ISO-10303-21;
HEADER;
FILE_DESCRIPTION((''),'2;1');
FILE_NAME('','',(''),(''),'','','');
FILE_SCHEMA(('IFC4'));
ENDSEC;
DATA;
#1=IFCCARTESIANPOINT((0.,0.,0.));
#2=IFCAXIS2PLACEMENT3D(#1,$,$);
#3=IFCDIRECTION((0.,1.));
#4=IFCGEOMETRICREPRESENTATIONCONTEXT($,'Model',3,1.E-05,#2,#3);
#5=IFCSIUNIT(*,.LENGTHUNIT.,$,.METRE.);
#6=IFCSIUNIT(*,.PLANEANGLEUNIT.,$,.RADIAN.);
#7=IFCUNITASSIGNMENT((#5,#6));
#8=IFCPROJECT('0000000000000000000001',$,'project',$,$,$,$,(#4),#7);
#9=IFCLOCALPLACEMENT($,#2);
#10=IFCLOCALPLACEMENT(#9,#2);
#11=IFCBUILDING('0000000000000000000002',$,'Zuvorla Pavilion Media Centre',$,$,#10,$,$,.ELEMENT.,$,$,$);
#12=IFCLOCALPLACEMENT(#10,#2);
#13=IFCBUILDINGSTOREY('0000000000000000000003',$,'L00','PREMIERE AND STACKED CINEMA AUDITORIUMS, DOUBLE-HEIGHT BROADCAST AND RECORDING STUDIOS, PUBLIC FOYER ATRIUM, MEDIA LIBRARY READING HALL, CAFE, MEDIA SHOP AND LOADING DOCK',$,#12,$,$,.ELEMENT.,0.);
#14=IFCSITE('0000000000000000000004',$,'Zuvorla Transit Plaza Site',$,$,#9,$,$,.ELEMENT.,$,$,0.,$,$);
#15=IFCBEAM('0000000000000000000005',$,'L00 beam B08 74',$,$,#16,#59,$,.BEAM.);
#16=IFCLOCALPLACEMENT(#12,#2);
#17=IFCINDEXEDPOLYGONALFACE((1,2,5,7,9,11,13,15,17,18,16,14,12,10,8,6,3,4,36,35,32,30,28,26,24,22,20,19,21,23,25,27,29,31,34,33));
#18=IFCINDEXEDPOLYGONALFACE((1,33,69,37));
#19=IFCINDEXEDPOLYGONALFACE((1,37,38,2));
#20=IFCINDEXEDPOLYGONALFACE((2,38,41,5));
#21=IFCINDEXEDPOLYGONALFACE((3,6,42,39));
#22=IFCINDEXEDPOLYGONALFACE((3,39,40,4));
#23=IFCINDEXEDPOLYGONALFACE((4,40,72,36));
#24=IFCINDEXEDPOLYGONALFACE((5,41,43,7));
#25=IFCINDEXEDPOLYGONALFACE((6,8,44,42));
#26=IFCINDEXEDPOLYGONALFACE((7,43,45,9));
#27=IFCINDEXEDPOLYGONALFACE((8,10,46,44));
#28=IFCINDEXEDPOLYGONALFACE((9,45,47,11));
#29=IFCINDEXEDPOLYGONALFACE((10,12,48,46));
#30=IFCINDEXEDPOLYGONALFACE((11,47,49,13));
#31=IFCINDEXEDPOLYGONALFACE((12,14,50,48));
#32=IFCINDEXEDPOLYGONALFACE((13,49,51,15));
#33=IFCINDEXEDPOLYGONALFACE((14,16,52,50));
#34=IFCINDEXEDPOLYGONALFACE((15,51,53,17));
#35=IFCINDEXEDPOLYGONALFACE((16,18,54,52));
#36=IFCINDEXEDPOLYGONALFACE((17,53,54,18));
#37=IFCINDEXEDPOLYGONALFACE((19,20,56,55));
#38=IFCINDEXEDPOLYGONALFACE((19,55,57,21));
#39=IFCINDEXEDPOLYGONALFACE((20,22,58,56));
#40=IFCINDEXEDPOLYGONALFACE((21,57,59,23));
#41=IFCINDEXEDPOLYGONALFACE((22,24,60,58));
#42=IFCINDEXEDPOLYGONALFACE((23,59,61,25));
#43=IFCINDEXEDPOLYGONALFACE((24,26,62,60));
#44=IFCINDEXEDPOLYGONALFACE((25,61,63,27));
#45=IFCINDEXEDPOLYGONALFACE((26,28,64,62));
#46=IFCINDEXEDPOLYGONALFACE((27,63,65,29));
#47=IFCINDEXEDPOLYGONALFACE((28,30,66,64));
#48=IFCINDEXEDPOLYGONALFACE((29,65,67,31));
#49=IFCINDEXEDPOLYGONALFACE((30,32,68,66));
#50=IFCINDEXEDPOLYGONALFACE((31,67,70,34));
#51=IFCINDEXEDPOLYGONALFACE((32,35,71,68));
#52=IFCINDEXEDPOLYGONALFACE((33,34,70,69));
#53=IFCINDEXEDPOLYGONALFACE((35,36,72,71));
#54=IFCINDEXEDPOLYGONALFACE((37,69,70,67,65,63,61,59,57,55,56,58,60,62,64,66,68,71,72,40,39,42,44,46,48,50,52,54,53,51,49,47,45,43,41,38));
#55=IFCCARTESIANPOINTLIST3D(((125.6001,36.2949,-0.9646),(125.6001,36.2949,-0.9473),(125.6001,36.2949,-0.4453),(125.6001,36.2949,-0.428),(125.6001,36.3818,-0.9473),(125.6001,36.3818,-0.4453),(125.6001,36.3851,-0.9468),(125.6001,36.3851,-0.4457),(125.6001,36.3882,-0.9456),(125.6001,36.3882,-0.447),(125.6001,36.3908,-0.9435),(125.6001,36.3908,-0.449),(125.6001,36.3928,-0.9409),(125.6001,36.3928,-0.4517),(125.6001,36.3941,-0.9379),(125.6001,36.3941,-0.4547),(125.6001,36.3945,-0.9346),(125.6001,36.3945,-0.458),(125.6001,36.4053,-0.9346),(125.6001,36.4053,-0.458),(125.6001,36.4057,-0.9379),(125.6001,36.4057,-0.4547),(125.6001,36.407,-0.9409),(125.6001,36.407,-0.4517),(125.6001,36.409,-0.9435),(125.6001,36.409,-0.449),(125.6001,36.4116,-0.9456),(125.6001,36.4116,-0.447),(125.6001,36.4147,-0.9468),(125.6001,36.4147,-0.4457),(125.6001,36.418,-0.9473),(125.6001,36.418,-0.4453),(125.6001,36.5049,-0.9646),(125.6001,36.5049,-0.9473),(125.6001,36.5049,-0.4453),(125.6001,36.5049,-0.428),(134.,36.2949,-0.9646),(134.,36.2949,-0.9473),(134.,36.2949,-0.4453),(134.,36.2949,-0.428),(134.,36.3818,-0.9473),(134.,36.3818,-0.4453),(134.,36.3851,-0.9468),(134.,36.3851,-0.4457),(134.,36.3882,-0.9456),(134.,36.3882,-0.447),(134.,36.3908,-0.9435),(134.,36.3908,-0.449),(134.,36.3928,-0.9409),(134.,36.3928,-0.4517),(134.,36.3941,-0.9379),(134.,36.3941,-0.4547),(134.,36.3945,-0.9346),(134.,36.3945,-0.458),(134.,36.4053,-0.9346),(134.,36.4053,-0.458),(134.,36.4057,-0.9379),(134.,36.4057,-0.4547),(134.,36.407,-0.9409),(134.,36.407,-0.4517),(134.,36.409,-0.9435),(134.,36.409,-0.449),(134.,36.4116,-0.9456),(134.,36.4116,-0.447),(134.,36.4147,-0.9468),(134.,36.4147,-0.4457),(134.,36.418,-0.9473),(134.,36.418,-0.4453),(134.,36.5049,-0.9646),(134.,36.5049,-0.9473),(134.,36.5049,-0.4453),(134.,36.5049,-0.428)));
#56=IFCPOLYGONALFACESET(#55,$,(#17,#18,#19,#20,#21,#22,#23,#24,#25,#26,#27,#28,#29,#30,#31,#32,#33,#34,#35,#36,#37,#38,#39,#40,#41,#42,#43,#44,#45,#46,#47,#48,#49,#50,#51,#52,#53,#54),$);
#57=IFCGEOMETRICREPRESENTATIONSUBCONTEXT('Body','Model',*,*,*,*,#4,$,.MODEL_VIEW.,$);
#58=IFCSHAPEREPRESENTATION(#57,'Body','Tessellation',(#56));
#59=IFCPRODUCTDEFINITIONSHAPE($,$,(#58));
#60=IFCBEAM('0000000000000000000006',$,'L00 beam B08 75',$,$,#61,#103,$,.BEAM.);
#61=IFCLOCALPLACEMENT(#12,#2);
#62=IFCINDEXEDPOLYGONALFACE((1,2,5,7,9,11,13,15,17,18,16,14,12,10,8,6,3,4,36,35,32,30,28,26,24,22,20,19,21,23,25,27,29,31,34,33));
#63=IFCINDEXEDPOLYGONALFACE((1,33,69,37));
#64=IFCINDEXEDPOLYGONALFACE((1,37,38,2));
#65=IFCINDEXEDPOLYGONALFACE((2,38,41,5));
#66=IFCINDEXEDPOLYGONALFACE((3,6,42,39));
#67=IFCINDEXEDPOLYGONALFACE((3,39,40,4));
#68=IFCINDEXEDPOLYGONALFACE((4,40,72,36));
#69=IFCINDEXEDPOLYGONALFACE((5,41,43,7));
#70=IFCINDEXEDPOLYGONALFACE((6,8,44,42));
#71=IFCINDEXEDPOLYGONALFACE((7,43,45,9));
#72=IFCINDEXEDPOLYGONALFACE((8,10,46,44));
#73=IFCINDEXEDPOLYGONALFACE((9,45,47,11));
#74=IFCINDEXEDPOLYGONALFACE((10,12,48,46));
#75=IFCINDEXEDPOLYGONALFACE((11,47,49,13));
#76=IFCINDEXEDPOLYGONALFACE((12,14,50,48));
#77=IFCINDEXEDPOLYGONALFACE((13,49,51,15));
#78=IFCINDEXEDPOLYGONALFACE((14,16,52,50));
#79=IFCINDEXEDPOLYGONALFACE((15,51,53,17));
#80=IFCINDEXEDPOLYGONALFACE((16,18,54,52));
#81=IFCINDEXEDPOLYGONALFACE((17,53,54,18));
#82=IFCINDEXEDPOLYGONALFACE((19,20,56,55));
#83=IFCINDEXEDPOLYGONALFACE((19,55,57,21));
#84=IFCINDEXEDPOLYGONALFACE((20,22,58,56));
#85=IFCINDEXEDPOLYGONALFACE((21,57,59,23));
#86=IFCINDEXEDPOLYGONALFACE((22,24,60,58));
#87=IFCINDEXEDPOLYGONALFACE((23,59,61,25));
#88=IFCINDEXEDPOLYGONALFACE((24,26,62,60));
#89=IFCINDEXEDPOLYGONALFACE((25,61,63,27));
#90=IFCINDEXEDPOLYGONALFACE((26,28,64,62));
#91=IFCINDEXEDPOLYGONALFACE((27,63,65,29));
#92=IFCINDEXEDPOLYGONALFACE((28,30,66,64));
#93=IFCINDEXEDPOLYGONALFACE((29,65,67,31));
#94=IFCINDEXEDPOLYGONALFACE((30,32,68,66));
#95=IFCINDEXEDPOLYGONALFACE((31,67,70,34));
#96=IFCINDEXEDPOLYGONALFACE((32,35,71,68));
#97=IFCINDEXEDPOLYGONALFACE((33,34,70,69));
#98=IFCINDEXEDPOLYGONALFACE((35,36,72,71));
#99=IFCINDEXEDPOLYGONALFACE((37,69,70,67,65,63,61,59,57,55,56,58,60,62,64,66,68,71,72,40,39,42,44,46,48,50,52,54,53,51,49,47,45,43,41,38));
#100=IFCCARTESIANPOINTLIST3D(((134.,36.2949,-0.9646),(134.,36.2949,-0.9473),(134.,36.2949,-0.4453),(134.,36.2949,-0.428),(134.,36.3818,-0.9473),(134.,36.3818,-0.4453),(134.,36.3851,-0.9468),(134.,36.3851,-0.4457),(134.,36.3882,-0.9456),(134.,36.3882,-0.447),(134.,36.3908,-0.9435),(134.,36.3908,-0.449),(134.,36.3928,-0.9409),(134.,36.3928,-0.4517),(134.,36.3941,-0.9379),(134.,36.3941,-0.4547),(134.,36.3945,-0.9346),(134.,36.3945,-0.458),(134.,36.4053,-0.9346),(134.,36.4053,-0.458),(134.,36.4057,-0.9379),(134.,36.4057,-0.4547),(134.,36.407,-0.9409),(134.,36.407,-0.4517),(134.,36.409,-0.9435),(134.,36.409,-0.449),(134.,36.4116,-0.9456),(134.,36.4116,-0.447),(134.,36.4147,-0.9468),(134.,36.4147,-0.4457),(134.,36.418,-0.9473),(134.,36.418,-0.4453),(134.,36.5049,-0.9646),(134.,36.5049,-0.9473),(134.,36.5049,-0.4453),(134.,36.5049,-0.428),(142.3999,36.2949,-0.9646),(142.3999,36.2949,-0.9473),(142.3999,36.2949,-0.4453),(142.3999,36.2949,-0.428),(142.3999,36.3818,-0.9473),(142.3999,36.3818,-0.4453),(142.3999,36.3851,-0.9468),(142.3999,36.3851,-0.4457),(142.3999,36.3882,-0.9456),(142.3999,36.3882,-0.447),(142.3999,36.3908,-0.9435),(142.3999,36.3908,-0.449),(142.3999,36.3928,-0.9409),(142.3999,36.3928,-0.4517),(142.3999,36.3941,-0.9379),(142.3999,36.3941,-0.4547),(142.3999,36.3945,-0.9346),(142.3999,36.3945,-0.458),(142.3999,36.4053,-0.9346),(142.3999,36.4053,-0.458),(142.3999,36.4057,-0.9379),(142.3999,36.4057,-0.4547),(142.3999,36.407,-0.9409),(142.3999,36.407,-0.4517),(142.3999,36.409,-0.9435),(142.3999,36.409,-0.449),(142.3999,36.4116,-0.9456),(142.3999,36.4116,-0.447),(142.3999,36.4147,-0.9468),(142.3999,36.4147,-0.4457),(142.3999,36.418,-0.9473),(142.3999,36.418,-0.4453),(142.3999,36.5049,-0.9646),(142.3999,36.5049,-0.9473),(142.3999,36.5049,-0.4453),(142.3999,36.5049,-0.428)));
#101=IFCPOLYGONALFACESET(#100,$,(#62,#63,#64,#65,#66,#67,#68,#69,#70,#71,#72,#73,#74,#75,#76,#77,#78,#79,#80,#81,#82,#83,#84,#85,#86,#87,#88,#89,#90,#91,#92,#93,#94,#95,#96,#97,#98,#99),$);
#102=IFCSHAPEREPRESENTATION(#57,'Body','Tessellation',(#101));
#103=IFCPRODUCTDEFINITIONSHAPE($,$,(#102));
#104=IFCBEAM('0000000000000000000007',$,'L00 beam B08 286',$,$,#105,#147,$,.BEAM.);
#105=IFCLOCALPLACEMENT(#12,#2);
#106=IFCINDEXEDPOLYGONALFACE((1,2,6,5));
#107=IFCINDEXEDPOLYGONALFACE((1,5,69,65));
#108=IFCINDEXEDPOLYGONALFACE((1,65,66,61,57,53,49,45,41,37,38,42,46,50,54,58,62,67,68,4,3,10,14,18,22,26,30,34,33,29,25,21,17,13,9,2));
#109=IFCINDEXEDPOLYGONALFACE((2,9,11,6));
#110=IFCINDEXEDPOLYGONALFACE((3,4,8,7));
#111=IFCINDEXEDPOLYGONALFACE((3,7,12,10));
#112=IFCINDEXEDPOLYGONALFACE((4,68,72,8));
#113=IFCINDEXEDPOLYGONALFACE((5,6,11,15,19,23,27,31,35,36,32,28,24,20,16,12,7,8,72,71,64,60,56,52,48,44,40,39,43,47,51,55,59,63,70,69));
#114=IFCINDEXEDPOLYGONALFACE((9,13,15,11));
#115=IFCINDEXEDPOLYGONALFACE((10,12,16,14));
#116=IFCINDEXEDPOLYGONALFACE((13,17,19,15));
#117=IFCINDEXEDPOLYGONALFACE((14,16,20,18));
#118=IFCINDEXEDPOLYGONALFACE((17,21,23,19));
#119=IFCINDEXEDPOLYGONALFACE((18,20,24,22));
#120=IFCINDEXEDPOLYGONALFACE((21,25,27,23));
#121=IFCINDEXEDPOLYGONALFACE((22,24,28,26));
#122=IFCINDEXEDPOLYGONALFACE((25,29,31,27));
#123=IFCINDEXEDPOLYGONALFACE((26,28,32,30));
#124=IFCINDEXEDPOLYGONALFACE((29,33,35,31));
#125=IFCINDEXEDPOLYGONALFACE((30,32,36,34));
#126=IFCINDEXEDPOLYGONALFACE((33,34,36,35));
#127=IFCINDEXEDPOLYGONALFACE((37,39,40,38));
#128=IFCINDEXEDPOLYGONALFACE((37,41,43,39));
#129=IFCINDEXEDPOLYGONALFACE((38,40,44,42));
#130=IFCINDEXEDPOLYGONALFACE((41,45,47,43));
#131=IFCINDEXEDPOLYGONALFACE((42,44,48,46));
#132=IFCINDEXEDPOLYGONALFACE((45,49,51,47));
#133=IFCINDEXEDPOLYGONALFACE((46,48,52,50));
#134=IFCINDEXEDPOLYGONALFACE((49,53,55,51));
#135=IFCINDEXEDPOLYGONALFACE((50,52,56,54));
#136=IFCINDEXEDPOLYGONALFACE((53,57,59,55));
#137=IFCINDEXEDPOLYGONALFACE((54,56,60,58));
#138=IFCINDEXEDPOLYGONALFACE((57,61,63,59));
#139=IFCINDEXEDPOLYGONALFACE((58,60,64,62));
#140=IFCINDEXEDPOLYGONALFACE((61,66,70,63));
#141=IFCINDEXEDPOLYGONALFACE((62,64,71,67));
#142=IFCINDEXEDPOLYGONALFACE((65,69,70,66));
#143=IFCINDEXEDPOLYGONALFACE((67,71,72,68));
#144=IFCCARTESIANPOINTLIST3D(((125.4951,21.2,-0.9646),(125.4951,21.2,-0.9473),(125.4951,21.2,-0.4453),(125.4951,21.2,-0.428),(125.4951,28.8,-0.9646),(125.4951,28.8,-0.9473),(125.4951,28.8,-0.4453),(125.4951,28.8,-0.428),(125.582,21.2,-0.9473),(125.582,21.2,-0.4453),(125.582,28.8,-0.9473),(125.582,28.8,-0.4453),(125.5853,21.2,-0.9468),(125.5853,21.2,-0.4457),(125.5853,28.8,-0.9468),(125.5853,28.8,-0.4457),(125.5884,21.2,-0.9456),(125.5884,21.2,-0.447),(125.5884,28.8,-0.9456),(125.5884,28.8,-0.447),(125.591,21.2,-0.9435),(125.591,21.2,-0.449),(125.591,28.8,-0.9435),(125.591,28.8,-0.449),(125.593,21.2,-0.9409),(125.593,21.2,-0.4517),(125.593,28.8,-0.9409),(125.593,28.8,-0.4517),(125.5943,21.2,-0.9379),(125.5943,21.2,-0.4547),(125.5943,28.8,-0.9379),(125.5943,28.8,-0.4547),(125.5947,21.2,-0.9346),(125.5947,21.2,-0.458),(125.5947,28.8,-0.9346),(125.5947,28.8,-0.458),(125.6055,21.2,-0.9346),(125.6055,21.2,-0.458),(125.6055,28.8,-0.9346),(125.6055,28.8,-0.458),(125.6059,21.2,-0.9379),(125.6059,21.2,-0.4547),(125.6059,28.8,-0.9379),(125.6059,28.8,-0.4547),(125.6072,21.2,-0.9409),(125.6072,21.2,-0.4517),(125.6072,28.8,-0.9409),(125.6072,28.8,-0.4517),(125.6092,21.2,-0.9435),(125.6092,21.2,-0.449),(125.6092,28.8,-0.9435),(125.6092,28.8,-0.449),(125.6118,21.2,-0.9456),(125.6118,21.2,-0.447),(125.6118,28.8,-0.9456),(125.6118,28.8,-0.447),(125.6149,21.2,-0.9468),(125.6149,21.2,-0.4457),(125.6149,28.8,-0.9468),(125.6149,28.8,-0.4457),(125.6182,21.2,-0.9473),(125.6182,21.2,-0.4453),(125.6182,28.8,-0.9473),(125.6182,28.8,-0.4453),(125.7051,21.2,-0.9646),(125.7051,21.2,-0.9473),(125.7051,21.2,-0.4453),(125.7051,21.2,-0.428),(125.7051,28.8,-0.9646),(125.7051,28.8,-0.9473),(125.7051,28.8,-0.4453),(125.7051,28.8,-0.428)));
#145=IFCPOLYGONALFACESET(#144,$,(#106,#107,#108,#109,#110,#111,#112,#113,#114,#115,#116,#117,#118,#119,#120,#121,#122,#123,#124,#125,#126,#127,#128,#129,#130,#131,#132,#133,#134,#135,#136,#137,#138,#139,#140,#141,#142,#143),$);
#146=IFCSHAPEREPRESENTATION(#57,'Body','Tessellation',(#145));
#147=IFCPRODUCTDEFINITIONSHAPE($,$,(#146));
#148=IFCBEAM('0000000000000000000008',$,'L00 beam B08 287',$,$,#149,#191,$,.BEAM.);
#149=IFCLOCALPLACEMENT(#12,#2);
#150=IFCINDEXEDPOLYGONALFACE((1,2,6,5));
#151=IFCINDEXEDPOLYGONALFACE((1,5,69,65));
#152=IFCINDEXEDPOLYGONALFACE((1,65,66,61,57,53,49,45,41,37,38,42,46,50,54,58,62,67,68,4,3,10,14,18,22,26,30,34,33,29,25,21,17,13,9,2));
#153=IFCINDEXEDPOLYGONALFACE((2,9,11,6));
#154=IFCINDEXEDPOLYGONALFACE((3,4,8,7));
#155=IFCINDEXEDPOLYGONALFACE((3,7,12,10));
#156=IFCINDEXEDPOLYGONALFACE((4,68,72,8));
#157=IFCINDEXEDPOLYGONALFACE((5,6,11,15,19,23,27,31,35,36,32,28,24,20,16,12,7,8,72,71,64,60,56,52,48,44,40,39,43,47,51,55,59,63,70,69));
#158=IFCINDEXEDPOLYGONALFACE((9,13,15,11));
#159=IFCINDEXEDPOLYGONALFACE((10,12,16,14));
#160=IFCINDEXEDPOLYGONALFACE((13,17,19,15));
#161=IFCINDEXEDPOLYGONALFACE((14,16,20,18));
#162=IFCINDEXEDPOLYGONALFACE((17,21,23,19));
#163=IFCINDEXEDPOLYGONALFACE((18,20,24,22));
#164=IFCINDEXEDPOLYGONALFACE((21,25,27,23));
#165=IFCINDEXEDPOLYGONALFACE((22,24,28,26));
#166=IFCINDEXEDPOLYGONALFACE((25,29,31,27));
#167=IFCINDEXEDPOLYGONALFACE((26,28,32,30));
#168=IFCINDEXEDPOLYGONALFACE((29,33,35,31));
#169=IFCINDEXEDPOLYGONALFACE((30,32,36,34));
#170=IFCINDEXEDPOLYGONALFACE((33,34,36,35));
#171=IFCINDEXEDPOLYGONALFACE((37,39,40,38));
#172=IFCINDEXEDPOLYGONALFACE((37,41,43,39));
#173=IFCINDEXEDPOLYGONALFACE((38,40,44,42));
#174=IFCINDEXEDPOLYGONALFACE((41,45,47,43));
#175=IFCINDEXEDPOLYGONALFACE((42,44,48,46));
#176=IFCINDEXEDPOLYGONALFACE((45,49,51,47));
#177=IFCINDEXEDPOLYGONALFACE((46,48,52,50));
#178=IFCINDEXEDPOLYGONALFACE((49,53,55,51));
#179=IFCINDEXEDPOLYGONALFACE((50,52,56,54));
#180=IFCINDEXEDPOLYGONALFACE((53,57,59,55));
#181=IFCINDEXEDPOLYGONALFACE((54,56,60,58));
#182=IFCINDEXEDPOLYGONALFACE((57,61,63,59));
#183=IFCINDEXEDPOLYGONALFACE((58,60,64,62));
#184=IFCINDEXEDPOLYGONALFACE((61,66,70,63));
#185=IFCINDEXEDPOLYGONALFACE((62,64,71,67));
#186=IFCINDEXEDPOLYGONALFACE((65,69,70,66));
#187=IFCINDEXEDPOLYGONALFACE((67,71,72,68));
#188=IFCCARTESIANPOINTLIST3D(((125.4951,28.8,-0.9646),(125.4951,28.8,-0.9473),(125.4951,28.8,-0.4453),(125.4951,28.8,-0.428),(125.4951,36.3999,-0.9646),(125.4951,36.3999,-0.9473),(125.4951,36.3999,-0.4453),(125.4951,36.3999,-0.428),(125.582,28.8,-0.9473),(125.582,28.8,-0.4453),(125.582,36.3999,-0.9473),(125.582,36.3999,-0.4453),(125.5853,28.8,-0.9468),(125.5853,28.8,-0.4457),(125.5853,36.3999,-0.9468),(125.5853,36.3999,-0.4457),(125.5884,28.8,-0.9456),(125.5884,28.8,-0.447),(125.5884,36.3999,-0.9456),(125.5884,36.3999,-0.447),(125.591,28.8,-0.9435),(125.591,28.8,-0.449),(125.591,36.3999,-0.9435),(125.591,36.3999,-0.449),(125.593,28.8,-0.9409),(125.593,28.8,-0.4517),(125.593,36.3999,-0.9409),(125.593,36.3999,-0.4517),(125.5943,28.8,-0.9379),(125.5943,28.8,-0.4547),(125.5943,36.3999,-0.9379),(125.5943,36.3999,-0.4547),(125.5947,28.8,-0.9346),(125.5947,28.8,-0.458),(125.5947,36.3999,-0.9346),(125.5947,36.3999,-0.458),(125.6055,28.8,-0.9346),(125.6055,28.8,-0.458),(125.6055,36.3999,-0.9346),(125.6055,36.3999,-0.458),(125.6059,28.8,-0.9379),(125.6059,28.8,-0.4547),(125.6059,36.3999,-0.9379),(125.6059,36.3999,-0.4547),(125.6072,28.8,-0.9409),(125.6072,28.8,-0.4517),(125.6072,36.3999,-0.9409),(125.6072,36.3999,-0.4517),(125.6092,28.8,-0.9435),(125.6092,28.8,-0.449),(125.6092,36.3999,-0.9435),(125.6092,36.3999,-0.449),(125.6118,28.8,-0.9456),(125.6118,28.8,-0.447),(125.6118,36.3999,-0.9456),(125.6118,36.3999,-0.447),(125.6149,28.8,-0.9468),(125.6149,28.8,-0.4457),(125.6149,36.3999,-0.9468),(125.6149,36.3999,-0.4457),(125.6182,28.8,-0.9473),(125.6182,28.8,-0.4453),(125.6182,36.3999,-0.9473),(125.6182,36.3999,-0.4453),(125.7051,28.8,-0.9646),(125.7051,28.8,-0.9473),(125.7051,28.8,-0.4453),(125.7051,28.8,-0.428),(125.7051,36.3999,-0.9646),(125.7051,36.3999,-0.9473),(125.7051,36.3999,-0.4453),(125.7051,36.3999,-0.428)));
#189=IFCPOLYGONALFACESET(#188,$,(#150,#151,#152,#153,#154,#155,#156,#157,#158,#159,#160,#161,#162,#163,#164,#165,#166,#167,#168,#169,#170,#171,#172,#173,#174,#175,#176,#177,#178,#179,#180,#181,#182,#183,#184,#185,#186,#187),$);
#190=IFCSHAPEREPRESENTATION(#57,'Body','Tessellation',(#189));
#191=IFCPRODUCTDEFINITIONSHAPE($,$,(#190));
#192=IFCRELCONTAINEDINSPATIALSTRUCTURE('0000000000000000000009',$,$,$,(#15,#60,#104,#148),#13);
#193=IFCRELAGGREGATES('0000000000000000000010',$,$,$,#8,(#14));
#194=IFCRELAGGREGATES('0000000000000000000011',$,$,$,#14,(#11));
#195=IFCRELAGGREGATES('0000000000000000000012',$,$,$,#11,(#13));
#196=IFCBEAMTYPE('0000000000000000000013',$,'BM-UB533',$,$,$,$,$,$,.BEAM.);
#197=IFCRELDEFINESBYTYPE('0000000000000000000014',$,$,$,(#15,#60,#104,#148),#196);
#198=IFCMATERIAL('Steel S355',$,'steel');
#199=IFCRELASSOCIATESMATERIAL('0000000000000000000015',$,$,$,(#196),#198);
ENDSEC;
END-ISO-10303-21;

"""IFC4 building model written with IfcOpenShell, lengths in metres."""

from ifc_helpers import new_model, si_unit, direction, frame, origin, origin_2d, place, context, subcontext, project, spatial, i_section, extrude, material, material_profile, profile_set, type_object, element, save


model = new_model("IFC4")

# Units and contexts
model_context = context("Model", 3, precision=1e-05, world=origin(), true_north=direction((0.0, 1.0)))
body_context = subcontext(model_context, "Body", "Model", "MODEL_VIEW")
ifc_project = project(units=[si_unit("LENGTHUNIT", "METRE"), si_unit("PLANEANGLEUNIT", "RADIAN")], contexts=[model_context])

# Site, building, storey
site_placement = place(None, origin())
site = spatial("IfcSite", under=ifc_project, at=site_placement, Name="Zuvorla Transit Plaza Site", CompositionType="ELEMENT", RefElevation=0.0)
building_placement = place(site_placement, origin())
building = spatial("IfcBuilding", under=site, at=building_placement, Name="Zuvorla Pavilion Media Centre", CompositionType="ELEMENT")
storey_placement = place(building_placement, origin())
storey = spatial("IfcBuildingStorey", under=building, at=storey_placement, Name="L00", Description="PREMIERE AND STACKED CINEMA AUDITORIUMS, DOUBLE-HEIGHT BROADCAST AND RECORDING STUDIOS, PUBLIC FOYER ATRIUM, MEDIA LIBRARY READING HALL, CAFE, MEDIA SHOP AND LOADING DOCK", CompositionType="ELEMENT", Elevation=0.0)

# Beams
ifc_material_1 = material(Name="Steel S355", Category="steel")
ifc_material_profile_1 = material_profile(ifc_material_1, i_section(OverallWidth=0.21, OverallDepth=0.5366, WebThickness=0.0107, FlangeThickness=0.0173, FilletRadius=0.0127, at=origin_2d()), Name="UB 533x210x101")
ifc_profile_set_1 = profile_set([ifc_material_profile_1], Name="Steel S355")
beam_type_1 = type_object("IfcBeamType", Name="BM-UB533", PredefinedType="BEAM", material=ifc_profile_set_1)
for number, where, z_axis, x_axis, name in (
    (1, (125.6001, 36.3999, -0.6963), (1.0, 0.0, 0.0), (0.0, 1.0, 0.0), "L00 beam B08 74"),
    (2, (134.0, 36.3999, -0.6963), (1.0, 0.0, 0.0), (0.0, 1.0, 0.0), "L00 beam B08 75"),
):
    element("IfcBeam", number, at=place(storey_placement, frame(where, z_axis=z_axis, x_axis=x_axis)), inside=storey, type_object=beam_type_1, Name=name, PredefinedType="BEAM", context=body_context, shape_type="SweptSolid", body=[
        extrude(i_section(OverallWidth=0.21, OverallDepth=0.5366, WebThickness=0.0107, FlangeThickness=0.0173, FilletRadius=0.0127, at=origin_2d()), origin(), (0.0, 0.0, 1.0), 8.3999),
    ])
beam_1_placement = place(storey_placement, frame((125.6001, 21.2, -0.6963), z_axis=(0.0, 1.0, 0.0), x_axis=(-1.0, 0.0, 0.0)))
element("IfcBeam", 3, at=beam_1_placement, inside=storey, type_object=beam_type_1, Name="L00 beam B08 286", PredefinedType="BEAM", context=body_context, shape_type="SweptSolid", body=[
    extrude(i_section(OverallWidth=0.21, OverallDepth=0.5366, WebThickness=0.0107, FlangeThickness=0.0173, FilletRadius=0.0127, at=origin_2d()), origin(), (0.0, 0.0, 1.0), 7.6001),
])
beam_2_placement = place(storey_placement, frame((125.6001, 28.8, -0.6963), z_axis=(0.0, 1.0, 0.0), x_axis=(-1.0, 0.0, 0.0)))
element("IfcBeam", 4, at=beam_2_placement, inside=storey, type_object=beam_type_1, Name="L00 beam B08 287", PredefinedType="BEAM", context=body_context, shape_type="SweptSolid", body=[
    extrude(i_section(OverallWidth=0.21, OverallDepth=0.5366, WebThickness=0.0107, FlangeThickness=0.0173, FilletRadius=0.0127, at=origin_2d()), origin(), (0.0, 0.0, 1.0), 7.5999),
])

save(model, "model.ifc")
